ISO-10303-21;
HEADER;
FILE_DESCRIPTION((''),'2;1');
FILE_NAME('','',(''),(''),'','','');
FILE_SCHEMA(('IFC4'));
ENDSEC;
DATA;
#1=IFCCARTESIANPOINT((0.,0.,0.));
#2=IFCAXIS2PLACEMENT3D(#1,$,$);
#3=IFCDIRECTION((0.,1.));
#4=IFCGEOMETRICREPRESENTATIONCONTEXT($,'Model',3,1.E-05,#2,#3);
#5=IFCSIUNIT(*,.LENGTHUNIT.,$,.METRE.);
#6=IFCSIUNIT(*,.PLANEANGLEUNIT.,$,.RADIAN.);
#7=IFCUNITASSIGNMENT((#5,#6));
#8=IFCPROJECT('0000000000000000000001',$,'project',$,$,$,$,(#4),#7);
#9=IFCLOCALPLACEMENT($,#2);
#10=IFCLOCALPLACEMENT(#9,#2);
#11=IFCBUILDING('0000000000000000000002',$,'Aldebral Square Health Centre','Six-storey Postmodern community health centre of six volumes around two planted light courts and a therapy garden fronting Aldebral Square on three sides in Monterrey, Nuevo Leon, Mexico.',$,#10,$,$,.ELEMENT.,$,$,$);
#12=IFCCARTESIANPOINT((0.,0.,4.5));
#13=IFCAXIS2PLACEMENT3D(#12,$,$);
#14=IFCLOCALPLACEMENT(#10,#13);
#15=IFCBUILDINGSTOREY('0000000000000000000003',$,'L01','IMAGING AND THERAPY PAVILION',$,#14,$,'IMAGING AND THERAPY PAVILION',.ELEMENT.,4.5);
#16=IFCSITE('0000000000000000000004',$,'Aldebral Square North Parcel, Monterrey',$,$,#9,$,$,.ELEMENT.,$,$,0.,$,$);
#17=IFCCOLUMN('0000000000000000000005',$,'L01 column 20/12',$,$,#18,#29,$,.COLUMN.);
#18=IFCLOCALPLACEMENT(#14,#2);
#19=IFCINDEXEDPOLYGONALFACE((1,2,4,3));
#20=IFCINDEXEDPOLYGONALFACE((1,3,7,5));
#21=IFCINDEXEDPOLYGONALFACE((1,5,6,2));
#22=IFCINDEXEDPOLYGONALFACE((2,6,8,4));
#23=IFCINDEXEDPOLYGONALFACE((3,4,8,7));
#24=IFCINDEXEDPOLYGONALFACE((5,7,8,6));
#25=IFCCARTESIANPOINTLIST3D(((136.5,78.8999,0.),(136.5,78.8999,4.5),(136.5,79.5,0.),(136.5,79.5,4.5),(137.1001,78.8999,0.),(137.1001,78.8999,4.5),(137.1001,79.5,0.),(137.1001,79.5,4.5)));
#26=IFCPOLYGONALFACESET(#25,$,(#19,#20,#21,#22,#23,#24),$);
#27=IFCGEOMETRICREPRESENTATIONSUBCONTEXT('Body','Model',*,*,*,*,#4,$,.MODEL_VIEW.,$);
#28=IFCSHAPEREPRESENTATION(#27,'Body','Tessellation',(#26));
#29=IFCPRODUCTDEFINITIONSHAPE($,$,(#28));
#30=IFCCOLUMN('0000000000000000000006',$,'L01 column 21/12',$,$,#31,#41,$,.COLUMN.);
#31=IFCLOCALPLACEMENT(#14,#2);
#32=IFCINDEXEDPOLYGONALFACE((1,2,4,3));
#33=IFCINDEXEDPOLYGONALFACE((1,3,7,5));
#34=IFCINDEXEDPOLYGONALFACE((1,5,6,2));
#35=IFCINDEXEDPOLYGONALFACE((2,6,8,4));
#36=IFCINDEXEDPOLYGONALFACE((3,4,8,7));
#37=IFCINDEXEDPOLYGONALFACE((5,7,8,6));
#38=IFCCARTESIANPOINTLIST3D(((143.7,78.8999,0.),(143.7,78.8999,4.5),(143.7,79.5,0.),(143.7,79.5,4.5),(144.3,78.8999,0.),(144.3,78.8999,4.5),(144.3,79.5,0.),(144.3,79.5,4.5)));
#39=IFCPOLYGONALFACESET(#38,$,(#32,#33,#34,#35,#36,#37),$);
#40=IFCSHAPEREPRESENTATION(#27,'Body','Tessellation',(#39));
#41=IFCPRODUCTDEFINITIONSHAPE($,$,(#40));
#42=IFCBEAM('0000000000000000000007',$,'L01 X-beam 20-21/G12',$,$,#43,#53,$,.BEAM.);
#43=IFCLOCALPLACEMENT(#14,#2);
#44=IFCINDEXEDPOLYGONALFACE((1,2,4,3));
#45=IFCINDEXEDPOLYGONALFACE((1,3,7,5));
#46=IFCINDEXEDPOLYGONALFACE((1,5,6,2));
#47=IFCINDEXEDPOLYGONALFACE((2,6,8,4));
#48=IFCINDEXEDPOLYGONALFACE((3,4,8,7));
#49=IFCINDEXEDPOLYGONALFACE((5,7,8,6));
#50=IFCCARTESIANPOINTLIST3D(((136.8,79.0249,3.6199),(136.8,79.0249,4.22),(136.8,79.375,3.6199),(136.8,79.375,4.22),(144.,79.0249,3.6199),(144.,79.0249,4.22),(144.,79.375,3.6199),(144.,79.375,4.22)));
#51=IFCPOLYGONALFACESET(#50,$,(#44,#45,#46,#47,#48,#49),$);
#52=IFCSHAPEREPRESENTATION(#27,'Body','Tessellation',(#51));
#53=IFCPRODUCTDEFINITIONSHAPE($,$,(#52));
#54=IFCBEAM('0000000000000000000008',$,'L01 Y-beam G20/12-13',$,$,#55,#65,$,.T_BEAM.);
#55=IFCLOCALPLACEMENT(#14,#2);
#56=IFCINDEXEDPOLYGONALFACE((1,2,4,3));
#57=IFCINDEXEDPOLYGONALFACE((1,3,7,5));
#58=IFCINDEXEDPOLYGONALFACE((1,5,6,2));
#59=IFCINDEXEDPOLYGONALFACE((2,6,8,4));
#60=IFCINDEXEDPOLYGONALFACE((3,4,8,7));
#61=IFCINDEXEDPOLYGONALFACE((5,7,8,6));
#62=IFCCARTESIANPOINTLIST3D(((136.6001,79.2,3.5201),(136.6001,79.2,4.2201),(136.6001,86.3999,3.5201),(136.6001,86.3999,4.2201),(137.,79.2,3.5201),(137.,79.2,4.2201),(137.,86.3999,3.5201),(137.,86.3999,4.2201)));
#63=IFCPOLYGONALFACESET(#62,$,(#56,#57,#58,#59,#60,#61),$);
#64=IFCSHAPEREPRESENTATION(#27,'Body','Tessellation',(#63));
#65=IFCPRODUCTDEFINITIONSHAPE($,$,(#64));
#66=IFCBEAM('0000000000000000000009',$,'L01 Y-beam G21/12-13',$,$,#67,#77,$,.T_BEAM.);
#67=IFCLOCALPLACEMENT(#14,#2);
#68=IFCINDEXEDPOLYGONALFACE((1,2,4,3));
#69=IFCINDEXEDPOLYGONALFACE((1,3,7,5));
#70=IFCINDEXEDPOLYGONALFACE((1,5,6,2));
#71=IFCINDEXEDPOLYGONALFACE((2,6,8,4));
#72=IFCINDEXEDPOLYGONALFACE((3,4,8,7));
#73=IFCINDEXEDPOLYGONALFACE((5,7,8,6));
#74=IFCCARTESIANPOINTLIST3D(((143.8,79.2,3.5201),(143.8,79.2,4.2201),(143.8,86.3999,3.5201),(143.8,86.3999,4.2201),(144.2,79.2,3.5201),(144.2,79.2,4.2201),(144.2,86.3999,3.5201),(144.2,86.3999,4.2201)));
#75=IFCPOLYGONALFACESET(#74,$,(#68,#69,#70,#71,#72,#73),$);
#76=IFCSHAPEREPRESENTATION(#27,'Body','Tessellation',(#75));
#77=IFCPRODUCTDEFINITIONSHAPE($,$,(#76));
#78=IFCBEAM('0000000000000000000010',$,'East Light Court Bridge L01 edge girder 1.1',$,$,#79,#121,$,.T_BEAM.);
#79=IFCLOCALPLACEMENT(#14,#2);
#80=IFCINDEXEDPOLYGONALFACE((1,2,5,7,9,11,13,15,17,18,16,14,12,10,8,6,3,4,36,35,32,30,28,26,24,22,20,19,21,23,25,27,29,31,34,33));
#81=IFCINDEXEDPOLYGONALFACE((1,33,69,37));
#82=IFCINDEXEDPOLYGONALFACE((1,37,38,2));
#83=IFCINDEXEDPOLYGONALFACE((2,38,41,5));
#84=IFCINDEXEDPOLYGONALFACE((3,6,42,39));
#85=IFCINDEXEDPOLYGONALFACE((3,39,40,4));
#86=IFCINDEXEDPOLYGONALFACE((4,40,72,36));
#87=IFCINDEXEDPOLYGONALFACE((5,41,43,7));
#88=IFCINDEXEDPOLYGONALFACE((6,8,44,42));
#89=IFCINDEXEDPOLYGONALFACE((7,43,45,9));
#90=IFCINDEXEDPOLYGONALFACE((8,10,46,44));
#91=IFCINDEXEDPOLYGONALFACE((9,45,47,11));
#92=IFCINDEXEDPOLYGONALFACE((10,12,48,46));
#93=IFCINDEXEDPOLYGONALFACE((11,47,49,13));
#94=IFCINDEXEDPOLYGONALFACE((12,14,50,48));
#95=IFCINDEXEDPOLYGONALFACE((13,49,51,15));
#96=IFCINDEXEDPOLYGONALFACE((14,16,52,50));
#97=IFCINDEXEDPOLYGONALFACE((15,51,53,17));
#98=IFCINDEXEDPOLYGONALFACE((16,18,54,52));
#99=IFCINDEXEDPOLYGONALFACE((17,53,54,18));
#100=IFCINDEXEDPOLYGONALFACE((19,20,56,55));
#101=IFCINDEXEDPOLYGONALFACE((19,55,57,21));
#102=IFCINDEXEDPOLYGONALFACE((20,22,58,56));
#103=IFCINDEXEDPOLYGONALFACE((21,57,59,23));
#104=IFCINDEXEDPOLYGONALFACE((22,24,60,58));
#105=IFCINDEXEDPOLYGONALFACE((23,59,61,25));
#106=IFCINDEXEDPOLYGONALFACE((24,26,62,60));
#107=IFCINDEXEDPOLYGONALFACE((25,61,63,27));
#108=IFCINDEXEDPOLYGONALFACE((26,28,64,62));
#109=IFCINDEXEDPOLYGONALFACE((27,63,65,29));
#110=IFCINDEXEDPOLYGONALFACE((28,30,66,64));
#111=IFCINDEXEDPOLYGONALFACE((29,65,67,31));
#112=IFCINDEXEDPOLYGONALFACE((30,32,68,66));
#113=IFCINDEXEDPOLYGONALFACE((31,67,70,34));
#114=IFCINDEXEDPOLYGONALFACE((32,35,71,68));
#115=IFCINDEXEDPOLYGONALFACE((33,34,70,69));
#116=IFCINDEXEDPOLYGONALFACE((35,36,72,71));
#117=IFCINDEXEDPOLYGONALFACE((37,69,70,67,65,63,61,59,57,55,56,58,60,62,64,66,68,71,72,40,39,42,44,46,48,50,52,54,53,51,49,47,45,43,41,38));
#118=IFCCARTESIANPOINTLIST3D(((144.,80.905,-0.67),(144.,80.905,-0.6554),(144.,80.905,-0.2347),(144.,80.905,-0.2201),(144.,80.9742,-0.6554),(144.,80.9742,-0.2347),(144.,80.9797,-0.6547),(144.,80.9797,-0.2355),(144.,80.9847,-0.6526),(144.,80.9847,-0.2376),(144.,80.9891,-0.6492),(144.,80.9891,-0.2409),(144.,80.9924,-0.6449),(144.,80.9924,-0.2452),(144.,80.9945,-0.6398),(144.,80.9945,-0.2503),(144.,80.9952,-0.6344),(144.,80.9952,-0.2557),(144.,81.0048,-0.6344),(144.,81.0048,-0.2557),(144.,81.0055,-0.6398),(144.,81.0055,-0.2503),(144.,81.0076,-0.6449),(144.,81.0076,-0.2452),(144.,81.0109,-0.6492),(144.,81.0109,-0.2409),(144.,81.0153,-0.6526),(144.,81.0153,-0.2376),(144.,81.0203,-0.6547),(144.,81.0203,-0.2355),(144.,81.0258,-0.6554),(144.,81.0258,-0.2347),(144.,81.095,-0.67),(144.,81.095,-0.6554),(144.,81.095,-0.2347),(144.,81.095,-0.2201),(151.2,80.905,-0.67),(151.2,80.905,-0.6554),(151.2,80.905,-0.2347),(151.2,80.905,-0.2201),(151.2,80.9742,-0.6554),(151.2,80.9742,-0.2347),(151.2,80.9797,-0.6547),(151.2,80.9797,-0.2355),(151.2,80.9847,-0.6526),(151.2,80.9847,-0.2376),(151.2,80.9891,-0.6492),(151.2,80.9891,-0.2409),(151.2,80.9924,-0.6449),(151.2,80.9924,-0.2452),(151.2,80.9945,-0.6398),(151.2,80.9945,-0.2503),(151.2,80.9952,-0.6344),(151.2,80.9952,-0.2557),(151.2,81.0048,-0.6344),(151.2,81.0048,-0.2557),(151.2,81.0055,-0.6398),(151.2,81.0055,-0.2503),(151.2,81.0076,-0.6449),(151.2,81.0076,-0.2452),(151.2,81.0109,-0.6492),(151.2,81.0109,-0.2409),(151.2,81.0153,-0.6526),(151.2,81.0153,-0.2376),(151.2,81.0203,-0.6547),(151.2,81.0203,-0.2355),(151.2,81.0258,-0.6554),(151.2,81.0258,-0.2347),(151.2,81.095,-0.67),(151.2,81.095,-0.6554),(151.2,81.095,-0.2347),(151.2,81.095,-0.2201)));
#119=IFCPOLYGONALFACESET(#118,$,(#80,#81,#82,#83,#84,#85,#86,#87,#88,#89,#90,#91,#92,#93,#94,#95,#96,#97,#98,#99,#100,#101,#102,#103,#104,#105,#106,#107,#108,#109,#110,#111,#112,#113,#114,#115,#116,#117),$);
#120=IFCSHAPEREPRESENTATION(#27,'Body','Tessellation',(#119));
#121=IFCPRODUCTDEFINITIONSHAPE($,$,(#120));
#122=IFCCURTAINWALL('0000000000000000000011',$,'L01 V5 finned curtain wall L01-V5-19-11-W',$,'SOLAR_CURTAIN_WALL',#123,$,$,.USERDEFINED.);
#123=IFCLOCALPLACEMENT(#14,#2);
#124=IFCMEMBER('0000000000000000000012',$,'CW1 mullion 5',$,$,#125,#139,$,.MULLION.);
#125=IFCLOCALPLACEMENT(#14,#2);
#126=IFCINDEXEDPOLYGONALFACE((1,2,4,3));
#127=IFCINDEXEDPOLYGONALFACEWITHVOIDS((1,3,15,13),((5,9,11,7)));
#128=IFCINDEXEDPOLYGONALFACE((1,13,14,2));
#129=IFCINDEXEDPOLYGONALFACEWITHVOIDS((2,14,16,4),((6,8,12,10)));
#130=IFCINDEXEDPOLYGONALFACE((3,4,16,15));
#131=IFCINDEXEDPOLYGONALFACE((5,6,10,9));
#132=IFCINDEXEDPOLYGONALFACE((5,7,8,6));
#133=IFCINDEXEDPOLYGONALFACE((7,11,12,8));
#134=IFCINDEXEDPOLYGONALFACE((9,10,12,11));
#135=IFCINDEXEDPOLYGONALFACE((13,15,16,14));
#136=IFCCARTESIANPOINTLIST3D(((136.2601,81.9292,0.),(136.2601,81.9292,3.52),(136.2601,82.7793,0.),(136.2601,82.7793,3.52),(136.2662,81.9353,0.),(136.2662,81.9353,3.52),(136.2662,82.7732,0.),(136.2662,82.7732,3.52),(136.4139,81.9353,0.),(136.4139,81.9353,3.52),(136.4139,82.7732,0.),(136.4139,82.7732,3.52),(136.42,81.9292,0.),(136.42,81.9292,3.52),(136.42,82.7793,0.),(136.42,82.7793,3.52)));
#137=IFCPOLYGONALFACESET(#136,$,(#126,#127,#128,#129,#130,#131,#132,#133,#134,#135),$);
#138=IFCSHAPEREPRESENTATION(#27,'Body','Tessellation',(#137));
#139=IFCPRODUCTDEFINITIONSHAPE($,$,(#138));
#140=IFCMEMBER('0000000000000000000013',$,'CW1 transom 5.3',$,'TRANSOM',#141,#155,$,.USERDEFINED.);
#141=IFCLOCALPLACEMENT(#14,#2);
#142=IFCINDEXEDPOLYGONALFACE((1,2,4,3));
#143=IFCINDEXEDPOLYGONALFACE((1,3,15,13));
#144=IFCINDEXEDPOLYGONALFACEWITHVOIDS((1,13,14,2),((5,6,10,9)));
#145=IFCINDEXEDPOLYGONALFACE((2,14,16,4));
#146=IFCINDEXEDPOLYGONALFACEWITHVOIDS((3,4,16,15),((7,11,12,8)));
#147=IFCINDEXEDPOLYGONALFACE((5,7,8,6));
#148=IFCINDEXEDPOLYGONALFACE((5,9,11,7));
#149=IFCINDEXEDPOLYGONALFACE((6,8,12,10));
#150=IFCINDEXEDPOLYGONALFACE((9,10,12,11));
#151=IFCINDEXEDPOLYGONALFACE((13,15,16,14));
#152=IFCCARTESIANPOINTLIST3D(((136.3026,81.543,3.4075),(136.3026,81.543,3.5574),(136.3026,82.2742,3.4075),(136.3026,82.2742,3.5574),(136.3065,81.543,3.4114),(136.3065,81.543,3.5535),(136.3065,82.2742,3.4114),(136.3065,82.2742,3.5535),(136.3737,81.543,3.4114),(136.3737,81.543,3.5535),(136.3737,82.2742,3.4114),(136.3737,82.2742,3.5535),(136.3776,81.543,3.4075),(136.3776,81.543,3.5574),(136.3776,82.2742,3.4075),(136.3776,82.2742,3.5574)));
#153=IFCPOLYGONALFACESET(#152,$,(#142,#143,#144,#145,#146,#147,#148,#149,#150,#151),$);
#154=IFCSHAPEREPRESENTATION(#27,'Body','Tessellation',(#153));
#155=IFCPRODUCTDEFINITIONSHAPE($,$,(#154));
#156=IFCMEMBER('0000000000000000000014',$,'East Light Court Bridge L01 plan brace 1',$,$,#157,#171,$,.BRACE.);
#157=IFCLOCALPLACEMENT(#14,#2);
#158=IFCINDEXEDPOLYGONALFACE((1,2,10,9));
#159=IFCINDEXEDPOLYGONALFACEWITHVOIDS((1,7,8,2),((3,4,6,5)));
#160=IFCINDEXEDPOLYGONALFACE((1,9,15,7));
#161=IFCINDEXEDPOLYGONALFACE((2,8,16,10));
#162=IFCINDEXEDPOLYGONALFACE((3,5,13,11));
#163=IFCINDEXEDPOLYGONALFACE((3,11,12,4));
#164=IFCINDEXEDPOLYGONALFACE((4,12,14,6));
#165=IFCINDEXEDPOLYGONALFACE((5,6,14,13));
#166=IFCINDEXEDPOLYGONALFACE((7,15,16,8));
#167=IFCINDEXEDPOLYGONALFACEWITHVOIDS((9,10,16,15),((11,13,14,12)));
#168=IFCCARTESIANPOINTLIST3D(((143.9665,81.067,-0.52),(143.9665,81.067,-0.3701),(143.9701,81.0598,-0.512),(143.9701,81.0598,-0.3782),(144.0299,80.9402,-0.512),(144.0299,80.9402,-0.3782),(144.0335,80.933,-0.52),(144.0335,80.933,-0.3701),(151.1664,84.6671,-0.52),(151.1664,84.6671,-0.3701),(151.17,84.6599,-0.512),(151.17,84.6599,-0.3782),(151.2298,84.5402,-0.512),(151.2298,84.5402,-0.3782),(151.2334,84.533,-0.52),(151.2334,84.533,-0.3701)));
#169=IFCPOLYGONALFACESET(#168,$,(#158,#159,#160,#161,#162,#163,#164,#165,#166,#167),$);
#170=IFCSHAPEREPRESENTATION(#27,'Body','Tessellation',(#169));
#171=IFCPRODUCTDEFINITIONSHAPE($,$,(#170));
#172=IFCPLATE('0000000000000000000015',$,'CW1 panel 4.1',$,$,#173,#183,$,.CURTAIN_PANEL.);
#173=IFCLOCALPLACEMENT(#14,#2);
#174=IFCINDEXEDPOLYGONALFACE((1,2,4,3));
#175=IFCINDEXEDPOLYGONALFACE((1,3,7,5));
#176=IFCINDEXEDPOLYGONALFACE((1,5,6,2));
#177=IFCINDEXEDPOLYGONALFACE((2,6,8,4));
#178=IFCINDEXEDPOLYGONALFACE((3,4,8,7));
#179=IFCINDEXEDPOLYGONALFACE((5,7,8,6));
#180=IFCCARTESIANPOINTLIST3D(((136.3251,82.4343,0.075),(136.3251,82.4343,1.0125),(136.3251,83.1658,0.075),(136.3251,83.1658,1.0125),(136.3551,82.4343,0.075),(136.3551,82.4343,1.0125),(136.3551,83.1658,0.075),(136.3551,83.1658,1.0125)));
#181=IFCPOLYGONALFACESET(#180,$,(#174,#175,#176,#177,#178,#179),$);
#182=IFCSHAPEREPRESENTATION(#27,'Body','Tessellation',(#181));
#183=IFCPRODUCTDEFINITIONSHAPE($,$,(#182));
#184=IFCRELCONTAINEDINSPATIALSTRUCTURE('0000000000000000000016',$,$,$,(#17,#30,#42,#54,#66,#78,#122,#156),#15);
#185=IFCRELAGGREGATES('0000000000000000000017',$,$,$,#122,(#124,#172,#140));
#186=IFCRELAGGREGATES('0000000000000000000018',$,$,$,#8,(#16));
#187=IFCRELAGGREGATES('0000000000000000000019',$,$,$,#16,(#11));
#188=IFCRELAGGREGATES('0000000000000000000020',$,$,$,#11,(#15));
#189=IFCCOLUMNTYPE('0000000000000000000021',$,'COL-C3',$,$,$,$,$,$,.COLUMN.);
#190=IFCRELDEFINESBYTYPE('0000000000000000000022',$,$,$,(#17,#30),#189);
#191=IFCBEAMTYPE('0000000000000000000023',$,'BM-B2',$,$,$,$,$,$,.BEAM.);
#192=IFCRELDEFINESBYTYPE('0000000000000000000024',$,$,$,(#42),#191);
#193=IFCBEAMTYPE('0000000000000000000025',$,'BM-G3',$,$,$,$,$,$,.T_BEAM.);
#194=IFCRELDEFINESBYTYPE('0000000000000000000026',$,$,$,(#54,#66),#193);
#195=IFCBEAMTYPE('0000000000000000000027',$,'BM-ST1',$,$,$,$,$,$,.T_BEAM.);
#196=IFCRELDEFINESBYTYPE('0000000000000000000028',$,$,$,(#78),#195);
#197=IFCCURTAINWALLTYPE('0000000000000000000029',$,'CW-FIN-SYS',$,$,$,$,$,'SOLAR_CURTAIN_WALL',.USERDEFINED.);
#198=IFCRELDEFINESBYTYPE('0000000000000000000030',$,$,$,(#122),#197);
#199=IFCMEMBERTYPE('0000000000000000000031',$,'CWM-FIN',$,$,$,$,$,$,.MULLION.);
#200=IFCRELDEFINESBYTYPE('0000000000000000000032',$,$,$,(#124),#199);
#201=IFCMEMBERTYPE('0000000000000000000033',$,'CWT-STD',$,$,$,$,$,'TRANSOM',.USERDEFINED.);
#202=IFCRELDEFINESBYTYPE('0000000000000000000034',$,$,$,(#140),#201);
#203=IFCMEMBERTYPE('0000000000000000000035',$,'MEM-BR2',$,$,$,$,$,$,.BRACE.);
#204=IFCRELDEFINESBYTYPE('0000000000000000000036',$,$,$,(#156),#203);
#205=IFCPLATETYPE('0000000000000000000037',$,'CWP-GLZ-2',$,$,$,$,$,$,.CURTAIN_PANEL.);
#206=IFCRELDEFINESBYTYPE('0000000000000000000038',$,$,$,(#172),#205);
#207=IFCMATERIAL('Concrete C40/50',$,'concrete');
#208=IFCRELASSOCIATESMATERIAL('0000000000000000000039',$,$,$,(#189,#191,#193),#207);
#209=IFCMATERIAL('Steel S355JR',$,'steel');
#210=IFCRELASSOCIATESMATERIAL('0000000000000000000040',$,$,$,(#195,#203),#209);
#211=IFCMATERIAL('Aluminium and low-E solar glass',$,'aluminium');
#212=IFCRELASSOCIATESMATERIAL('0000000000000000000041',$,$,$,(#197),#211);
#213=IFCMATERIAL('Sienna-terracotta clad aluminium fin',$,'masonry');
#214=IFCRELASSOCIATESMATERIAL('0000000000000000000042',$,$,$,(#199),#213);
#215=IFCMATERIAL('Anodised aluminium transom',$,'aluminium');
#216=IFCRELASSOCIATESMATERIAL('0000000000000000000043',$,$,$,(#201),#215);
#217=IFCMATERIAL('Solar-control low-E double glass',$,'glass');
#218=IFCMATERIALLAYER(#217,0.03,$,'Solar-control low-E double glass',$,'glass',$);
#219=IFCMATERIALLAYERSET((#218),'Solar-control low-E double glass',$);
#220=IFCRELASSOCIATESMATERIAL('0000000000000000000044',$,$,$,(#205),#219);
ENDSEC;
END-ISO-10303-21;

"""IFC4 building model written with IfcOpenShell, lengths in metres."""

from ifc_helpers import new_model, si_unit, direction, frame, origin, origin_2d, place, context, subcontext, project, spatial, rectangle, hollow_rectangle, i_section, extrude, material, layer, layer_set, material_profile, profile_set, type_object, element, aggregate, save


model = new_model("IFC4")

# Units and contexts
model_context = context("Model", 3, precision=1e-05, world=origin(), true_north=direction((0.0, 1.0)))
body_context = subcontext(model_context, "Body", "Model", "MODEL_VIEW")
ifc_project = project(units=[si_unit("LENGTHUNIT", "METRE"), si_unit("PLANEANGLEUNIT", "RADIAN")], contexts=[model_context])

# Site, building, storey
site_placement = place(None, origin())
site = spatial("IfcSite", under=ifc_project, at=site_placement, Name="Aldebral Square North Parcel, Monterrey", CompositionType="ELEMENT", RefElevation=0.0)
building_placement = place(site_placement, origin())
building = spatial("IfcBuilding", under=site, at=building_placement, Name="Aldebral Square Health Centre", Description="Six-storey Postmodern community health centre of six volumes around two planted light courts and a therapy garden fronting Aldebral Square on three sides in Monterrey, Nuevo Leon, Mexico.", CompositionType="ELEMENT")
storey_placement = place(building_placement, frame((0.0, 0.0, 4.5)))
storey = spatial("IfcBuildingStorey", under=building, at=storey_placement, Name="L01", Description="IMAGING AND THERAPY PAVILION", LongName="IMAGING AND THERAPY PAVILION", CompositionType="ELEMENT", Elevation=4.5)

# Columns
ifc_material_1 = material(Name="Concrete C40/50", Category="concrete")
ifc_material_profile_1 = material_profile(ifc_material_1, rectangle(XDim=0.6001, YDim=0.6001, at=origin_2d()), Name="RC 600x600")
ifc_profile_set_1 = profile_set([ifc_material_profile_1], Name="Concrete C40/50")
column_type = type_object("IfcColumnType", Name="COL-C3", PredefinedType="COLUMN", material=ifc_profile_set_1)
for number, where, z_axis, x_axis, name in (
    (1, (136.8, 79.2, 0.0), (0.0, 0.0, 1.0), (1.0, 0.0, 0.0), "L01 column 20/12"),
    (2, (144.0, 79.2, 0.0), (0.0, 0.0, 1.0), (1.0, 0.0, 0.0), "L01 column 21/12"),
):
    element("IfcColumn", number, at=place(storey_placement, frame(where, z_axis=z_axis, x_axis=x_axis)), inside=storey, type_object=column_type, Name=name, PredefinedType="COLUMN", context=body_context, shape_type="SweptSolid", body=[
        extrude(rectangle(XDim=0.6001, YDim=0.6001, at=origin_2d()), origin(), (0.0, 0.0, 1.0), 4.5),
    ])

# Beams
ifc_material_profile_2 = material_profile(ifc_material_1, rectangle(XDim=0.3501, YDim=0.6001, at=origin_2d()), Name="RC 350x600")
ifc_profile_set_2 = profile_set([ifc_material_profile_2], Name="Concrete C40/50")
beam_type_1 = type_object("IfcBeamType", Name="BM-B2", PredefinedType="BEAM", material=ifc_profile_set_2)
beam_1_placement = place(storey_placement, frame((136.8, 79.2, 3.9199), z_axis=(1.0, 0.0, 0.0), x_axis=(0.0, 1.0, 0.0)))
element("IfcBeam", 3, at=beam_1_placement, inside=storey, type_object=beam_type_1, Name="L01 X-beam 20-21/G12", PredefinedType="BEAM", context=body_context, shape_type="SweptSolid", body=[
    extrude(rectangle(XDim=0.3501, YDim=0.6001, at=origin_2d()), origin(), (0.0, 0.0, 1.0), 7.2),
])
ifc_material_profile_3 = material_profile(ifc_material_1, rectangle(XDim=0.3999, YDim=0.7, at=origin_2d()), Name="RC 400x700")
ifc_profile_set_3 = profile_set([ifc_material_profile_3], Name="Concrete C40/50")
beam_type_2 = type_object("IfcBeamType", Name="BM-G3", PredefinedType="T_BEAM", material=ifc_profile_set_3)
for number, where, z_axis, x_axis, name in (
    (4, (136.8, 79.2, 3.8701), (0.0, 1.0, 0.0), (-1.0, 0.0, 0.0), "L01 Y-beam G20/12-13"),
    (5, (144.0, 79.2, 3.8701), (0.0, 1.0, 0.0), (-1.0, 0.0, 0.0), "L01 Y-beam G21/12-13"),
):
    element("IfcBeam", number, at=place(storey_placement, frame(where, z_axis=z_axis, x_axis=x_axis)), inside=storey, type_object=beam_type_2, Name=name, PredefinedType="T_BEAM", context=body_context, shape_type="SweptSolid", body=[
        extrude(rectangle(XDim=0.3999, YDim=0.7, at=origin_2d()), origin(), (0.0, 0.0, 1.0), 7.2),
    ])
ifc_material_2 = material(Name="Steel S355JR", Category="steel")
ifc_material_profile_4 = material_profile(ifc_material_2, i_section(OverallWidth=0.1899, OverallDepth=0.45, WebThickness=0.0095, FlangeThickness=0.0146, FilletRadius=0.021, at=origin_2d()), Name="IPE 450")
ifc_profile_set_4 = profile_set([ifc_material_profile_4], Name="Steel S355JR")
beam_type_3 = type_object("IfcBeamType", Name="BM-ST1", PredefinedType="T_BEAM", material=ifc_profile_set_4)
beam_2_placement = place(storey_placement, frame((144.0, 81.0, -0.4451), z_axis=(1.0, 0.0, 0.0), x_axis=(0.0, 1.0, 0.0)))
element("IfcBeam", 6, at=beam_2_placement, inside=storey, type_object=beam_type_3, Name="East Light Court Bridge L01 edge girder 1.1", PredefinedType="T_BEAM", context=body_context, shape_type="SweptSolid", body=[
    extrude(i_section(OverallWidth=0.1899, OverallDepth=0.45, WebThickness=0.0095, FlangeThickness=0.0146, FilletRadius=0.021, at=origin_2d()), origin(), (0.0, 0.0, 1.0), 7.2),
])

# Curtain wall, members
ifc_material_3 = material(Name="Aluminium and low-E solar glass", Category="aluminium")
curtain_wall_type = type_object("IfcCurtainWallType", Name="CW-FIN-SYS", ElementType="SOLAR_CURTAIN_WALL", PredefinedType="USERDEFINED", material=ifc_material_3)
curtain_wall_placement = place(storey_placement, origin())
curtain_wall = element("IfcCurtainWall", 7, at=curtain_wall_placement, inside=storey, type_object=curtain_wall_type, Name="L01 V5 finned curtain wall L01-V5-19-11-W", ObjectType="SOLAR_CURTAIN_WALL", PredefinedType="USERDEFINED")
ifc_material_4 = material(Name="Sienna-terracotta clad aluminium fin", Category="masonry")
ifc_material_profile_5 = material_profile(ifc_material_4, hollow_rectangle(XDim=0.1599, YDim=0.8501, WallThickness=0.0061, at=origin_2d()), Name="FIN 160x850x6")
ifc_profile_set_5 = profile_set([ifc_material_profile_5], Name="Sienna-terracotta clad aluminium fin")
member_type_1 = type_object("IfcMemberType", Name="CWM-FIN", PredefinedType="MULLION", material=ifc_profile_set_5)
member_1_placement = place(storey_placement, frame((136.3401, 82.3542, 0.0), z_axis=(0.0, 0.0, 1.0), x_axis=(1.0, 0.0, 0.0)))
member_1 = element("IfcMember", 8, at=member_1_placement, type_object=member_type_1, Name="CW1 mullion 5", PredefinedType="MULLION", context=body_context, shape_type="SweptSolid", body=[
    extrude(hollow_rectangle(XDim=0.1599, YDim=0.8501, WallThickness=0.0061, at=origin_2d()), origin(), (0.0, 0.0, 1.0), 3.52),
])
ifc_material_5 = material(Name="Anodised aluminium transom", Category="aluminium")
ifc_material_profile_6 = material_profile(ifc_material_5, hollow_rectangle(XDim=0.075, YDim=0.1499, WallThickness=0.0039, at=origin_2d()), Name="CWT 75x150x4")
ifc_profile_set_6 = profile_set([ifc_material_profile_6], Name="Anodised aluminium transom")
member_type_2 = type_object("IfcMemberType", Name="CWT-STD", ElementType="TRANSOM", PredefinedType="USERDEFINED", material=ifc_profile_set_6)
member_2_placement = place(storey_placement, frame((136.3401, 82.2742, 3.4824), z_axis=(0.0, -1.0, 0.0), x_axis=(1.0, 0.0, 0.0)))
member_2 = element("IfcMember", 9, at=member_2_placement, type_object=member_type_2, Name="CW1 transom 5.3", ObjectType="TRANSOM", PredefinedType="USERDEFINED", context=body_context, shape_type="SweptSolid", body=[
    extrude(hollow_rectangle(XDim=0.075, YDim=0.1499, WallThickness=0.0039, at=origin_2d()), origin(), (0.0, 0.0, 1.0), 0.7312),
])

# Member
ifc_material_profile_7 = material_profile(ifc_material_2, hollow_rectangle(XDim=0.1499, YDim=0.1499, WallThickness=0.0081, at=origin_2d()), Name="150x150x8 SHS")
ifc_profile_set_7 = profile_set([ifc_material_profile_7], Name="Steel S355JR")
member_type_3 = type_object("IfcMemberType", Name="MEM-BR2", PredefinedType="BRACE", material=ifc_profile_set_7)
member_3_placement = place(storey_placement, frame((144.0, 81.0, -0.4451), z_axis=(0.894421, 0.447226, 0.0), x_axis=(-0.447226, 0.894421, 0.0)))
element("IfcMember", 10, at=member_3_placement, inside=storey, type_object=member_type_3, Name="East Light Court Bridge L01 plan brace 1", PredefinedType="BRACE", context=body_context, shape_type="SweptSolid", body=[
    extrude(hollow_rectangle(XDim=0.1499, YDim=0.1499, WallThickness=0.0081, at=origin_2d()), origin(), (0.0, 0.0, 1.0), 8.0498),
])

# Plate
ifc_material_6 = material(Name="Solar-control low-E double glass", Category="glass")
ifc_layer_1 = layer(ifc_material_6, 0.03, Name="Solar-control low-E double glass", Category="glass")
ifc_layer_set_1 = layer_set([ifc_layer_1], Name="Solar-control low-E double glass")
plate_type_1 = type_object("IfcPlateType", Name="CWP-GLZ-2", PredefinedType="CURTAIN_PANEL", material=ifc_layer_set_1)
plate_1_placement = place(storey_placement, frame((136.3401, 82.8, 0.075), z_axis=(0.0, 0.0, 1.0), x_axis=(0.0, -1.0, 0.0)))
plate_1 = element("IfcPlate", 11, at=plate_1_placement, type_object=plate_type_1, Name="CW1 panel 4.1", PredefinedType="CURTAIN_PANEL", context=body_context, shape_type="SweptSolid", body=[
    extrude(rectangle(XDim=0.7314, YDim=0.03, at=origin_2d()), origin(), (0.0, 0.0, 1.0), 0.9375),
])
aggregate(curtain_wall, [member_1, plate_1, member_2])

save(model, "model.ifc")
